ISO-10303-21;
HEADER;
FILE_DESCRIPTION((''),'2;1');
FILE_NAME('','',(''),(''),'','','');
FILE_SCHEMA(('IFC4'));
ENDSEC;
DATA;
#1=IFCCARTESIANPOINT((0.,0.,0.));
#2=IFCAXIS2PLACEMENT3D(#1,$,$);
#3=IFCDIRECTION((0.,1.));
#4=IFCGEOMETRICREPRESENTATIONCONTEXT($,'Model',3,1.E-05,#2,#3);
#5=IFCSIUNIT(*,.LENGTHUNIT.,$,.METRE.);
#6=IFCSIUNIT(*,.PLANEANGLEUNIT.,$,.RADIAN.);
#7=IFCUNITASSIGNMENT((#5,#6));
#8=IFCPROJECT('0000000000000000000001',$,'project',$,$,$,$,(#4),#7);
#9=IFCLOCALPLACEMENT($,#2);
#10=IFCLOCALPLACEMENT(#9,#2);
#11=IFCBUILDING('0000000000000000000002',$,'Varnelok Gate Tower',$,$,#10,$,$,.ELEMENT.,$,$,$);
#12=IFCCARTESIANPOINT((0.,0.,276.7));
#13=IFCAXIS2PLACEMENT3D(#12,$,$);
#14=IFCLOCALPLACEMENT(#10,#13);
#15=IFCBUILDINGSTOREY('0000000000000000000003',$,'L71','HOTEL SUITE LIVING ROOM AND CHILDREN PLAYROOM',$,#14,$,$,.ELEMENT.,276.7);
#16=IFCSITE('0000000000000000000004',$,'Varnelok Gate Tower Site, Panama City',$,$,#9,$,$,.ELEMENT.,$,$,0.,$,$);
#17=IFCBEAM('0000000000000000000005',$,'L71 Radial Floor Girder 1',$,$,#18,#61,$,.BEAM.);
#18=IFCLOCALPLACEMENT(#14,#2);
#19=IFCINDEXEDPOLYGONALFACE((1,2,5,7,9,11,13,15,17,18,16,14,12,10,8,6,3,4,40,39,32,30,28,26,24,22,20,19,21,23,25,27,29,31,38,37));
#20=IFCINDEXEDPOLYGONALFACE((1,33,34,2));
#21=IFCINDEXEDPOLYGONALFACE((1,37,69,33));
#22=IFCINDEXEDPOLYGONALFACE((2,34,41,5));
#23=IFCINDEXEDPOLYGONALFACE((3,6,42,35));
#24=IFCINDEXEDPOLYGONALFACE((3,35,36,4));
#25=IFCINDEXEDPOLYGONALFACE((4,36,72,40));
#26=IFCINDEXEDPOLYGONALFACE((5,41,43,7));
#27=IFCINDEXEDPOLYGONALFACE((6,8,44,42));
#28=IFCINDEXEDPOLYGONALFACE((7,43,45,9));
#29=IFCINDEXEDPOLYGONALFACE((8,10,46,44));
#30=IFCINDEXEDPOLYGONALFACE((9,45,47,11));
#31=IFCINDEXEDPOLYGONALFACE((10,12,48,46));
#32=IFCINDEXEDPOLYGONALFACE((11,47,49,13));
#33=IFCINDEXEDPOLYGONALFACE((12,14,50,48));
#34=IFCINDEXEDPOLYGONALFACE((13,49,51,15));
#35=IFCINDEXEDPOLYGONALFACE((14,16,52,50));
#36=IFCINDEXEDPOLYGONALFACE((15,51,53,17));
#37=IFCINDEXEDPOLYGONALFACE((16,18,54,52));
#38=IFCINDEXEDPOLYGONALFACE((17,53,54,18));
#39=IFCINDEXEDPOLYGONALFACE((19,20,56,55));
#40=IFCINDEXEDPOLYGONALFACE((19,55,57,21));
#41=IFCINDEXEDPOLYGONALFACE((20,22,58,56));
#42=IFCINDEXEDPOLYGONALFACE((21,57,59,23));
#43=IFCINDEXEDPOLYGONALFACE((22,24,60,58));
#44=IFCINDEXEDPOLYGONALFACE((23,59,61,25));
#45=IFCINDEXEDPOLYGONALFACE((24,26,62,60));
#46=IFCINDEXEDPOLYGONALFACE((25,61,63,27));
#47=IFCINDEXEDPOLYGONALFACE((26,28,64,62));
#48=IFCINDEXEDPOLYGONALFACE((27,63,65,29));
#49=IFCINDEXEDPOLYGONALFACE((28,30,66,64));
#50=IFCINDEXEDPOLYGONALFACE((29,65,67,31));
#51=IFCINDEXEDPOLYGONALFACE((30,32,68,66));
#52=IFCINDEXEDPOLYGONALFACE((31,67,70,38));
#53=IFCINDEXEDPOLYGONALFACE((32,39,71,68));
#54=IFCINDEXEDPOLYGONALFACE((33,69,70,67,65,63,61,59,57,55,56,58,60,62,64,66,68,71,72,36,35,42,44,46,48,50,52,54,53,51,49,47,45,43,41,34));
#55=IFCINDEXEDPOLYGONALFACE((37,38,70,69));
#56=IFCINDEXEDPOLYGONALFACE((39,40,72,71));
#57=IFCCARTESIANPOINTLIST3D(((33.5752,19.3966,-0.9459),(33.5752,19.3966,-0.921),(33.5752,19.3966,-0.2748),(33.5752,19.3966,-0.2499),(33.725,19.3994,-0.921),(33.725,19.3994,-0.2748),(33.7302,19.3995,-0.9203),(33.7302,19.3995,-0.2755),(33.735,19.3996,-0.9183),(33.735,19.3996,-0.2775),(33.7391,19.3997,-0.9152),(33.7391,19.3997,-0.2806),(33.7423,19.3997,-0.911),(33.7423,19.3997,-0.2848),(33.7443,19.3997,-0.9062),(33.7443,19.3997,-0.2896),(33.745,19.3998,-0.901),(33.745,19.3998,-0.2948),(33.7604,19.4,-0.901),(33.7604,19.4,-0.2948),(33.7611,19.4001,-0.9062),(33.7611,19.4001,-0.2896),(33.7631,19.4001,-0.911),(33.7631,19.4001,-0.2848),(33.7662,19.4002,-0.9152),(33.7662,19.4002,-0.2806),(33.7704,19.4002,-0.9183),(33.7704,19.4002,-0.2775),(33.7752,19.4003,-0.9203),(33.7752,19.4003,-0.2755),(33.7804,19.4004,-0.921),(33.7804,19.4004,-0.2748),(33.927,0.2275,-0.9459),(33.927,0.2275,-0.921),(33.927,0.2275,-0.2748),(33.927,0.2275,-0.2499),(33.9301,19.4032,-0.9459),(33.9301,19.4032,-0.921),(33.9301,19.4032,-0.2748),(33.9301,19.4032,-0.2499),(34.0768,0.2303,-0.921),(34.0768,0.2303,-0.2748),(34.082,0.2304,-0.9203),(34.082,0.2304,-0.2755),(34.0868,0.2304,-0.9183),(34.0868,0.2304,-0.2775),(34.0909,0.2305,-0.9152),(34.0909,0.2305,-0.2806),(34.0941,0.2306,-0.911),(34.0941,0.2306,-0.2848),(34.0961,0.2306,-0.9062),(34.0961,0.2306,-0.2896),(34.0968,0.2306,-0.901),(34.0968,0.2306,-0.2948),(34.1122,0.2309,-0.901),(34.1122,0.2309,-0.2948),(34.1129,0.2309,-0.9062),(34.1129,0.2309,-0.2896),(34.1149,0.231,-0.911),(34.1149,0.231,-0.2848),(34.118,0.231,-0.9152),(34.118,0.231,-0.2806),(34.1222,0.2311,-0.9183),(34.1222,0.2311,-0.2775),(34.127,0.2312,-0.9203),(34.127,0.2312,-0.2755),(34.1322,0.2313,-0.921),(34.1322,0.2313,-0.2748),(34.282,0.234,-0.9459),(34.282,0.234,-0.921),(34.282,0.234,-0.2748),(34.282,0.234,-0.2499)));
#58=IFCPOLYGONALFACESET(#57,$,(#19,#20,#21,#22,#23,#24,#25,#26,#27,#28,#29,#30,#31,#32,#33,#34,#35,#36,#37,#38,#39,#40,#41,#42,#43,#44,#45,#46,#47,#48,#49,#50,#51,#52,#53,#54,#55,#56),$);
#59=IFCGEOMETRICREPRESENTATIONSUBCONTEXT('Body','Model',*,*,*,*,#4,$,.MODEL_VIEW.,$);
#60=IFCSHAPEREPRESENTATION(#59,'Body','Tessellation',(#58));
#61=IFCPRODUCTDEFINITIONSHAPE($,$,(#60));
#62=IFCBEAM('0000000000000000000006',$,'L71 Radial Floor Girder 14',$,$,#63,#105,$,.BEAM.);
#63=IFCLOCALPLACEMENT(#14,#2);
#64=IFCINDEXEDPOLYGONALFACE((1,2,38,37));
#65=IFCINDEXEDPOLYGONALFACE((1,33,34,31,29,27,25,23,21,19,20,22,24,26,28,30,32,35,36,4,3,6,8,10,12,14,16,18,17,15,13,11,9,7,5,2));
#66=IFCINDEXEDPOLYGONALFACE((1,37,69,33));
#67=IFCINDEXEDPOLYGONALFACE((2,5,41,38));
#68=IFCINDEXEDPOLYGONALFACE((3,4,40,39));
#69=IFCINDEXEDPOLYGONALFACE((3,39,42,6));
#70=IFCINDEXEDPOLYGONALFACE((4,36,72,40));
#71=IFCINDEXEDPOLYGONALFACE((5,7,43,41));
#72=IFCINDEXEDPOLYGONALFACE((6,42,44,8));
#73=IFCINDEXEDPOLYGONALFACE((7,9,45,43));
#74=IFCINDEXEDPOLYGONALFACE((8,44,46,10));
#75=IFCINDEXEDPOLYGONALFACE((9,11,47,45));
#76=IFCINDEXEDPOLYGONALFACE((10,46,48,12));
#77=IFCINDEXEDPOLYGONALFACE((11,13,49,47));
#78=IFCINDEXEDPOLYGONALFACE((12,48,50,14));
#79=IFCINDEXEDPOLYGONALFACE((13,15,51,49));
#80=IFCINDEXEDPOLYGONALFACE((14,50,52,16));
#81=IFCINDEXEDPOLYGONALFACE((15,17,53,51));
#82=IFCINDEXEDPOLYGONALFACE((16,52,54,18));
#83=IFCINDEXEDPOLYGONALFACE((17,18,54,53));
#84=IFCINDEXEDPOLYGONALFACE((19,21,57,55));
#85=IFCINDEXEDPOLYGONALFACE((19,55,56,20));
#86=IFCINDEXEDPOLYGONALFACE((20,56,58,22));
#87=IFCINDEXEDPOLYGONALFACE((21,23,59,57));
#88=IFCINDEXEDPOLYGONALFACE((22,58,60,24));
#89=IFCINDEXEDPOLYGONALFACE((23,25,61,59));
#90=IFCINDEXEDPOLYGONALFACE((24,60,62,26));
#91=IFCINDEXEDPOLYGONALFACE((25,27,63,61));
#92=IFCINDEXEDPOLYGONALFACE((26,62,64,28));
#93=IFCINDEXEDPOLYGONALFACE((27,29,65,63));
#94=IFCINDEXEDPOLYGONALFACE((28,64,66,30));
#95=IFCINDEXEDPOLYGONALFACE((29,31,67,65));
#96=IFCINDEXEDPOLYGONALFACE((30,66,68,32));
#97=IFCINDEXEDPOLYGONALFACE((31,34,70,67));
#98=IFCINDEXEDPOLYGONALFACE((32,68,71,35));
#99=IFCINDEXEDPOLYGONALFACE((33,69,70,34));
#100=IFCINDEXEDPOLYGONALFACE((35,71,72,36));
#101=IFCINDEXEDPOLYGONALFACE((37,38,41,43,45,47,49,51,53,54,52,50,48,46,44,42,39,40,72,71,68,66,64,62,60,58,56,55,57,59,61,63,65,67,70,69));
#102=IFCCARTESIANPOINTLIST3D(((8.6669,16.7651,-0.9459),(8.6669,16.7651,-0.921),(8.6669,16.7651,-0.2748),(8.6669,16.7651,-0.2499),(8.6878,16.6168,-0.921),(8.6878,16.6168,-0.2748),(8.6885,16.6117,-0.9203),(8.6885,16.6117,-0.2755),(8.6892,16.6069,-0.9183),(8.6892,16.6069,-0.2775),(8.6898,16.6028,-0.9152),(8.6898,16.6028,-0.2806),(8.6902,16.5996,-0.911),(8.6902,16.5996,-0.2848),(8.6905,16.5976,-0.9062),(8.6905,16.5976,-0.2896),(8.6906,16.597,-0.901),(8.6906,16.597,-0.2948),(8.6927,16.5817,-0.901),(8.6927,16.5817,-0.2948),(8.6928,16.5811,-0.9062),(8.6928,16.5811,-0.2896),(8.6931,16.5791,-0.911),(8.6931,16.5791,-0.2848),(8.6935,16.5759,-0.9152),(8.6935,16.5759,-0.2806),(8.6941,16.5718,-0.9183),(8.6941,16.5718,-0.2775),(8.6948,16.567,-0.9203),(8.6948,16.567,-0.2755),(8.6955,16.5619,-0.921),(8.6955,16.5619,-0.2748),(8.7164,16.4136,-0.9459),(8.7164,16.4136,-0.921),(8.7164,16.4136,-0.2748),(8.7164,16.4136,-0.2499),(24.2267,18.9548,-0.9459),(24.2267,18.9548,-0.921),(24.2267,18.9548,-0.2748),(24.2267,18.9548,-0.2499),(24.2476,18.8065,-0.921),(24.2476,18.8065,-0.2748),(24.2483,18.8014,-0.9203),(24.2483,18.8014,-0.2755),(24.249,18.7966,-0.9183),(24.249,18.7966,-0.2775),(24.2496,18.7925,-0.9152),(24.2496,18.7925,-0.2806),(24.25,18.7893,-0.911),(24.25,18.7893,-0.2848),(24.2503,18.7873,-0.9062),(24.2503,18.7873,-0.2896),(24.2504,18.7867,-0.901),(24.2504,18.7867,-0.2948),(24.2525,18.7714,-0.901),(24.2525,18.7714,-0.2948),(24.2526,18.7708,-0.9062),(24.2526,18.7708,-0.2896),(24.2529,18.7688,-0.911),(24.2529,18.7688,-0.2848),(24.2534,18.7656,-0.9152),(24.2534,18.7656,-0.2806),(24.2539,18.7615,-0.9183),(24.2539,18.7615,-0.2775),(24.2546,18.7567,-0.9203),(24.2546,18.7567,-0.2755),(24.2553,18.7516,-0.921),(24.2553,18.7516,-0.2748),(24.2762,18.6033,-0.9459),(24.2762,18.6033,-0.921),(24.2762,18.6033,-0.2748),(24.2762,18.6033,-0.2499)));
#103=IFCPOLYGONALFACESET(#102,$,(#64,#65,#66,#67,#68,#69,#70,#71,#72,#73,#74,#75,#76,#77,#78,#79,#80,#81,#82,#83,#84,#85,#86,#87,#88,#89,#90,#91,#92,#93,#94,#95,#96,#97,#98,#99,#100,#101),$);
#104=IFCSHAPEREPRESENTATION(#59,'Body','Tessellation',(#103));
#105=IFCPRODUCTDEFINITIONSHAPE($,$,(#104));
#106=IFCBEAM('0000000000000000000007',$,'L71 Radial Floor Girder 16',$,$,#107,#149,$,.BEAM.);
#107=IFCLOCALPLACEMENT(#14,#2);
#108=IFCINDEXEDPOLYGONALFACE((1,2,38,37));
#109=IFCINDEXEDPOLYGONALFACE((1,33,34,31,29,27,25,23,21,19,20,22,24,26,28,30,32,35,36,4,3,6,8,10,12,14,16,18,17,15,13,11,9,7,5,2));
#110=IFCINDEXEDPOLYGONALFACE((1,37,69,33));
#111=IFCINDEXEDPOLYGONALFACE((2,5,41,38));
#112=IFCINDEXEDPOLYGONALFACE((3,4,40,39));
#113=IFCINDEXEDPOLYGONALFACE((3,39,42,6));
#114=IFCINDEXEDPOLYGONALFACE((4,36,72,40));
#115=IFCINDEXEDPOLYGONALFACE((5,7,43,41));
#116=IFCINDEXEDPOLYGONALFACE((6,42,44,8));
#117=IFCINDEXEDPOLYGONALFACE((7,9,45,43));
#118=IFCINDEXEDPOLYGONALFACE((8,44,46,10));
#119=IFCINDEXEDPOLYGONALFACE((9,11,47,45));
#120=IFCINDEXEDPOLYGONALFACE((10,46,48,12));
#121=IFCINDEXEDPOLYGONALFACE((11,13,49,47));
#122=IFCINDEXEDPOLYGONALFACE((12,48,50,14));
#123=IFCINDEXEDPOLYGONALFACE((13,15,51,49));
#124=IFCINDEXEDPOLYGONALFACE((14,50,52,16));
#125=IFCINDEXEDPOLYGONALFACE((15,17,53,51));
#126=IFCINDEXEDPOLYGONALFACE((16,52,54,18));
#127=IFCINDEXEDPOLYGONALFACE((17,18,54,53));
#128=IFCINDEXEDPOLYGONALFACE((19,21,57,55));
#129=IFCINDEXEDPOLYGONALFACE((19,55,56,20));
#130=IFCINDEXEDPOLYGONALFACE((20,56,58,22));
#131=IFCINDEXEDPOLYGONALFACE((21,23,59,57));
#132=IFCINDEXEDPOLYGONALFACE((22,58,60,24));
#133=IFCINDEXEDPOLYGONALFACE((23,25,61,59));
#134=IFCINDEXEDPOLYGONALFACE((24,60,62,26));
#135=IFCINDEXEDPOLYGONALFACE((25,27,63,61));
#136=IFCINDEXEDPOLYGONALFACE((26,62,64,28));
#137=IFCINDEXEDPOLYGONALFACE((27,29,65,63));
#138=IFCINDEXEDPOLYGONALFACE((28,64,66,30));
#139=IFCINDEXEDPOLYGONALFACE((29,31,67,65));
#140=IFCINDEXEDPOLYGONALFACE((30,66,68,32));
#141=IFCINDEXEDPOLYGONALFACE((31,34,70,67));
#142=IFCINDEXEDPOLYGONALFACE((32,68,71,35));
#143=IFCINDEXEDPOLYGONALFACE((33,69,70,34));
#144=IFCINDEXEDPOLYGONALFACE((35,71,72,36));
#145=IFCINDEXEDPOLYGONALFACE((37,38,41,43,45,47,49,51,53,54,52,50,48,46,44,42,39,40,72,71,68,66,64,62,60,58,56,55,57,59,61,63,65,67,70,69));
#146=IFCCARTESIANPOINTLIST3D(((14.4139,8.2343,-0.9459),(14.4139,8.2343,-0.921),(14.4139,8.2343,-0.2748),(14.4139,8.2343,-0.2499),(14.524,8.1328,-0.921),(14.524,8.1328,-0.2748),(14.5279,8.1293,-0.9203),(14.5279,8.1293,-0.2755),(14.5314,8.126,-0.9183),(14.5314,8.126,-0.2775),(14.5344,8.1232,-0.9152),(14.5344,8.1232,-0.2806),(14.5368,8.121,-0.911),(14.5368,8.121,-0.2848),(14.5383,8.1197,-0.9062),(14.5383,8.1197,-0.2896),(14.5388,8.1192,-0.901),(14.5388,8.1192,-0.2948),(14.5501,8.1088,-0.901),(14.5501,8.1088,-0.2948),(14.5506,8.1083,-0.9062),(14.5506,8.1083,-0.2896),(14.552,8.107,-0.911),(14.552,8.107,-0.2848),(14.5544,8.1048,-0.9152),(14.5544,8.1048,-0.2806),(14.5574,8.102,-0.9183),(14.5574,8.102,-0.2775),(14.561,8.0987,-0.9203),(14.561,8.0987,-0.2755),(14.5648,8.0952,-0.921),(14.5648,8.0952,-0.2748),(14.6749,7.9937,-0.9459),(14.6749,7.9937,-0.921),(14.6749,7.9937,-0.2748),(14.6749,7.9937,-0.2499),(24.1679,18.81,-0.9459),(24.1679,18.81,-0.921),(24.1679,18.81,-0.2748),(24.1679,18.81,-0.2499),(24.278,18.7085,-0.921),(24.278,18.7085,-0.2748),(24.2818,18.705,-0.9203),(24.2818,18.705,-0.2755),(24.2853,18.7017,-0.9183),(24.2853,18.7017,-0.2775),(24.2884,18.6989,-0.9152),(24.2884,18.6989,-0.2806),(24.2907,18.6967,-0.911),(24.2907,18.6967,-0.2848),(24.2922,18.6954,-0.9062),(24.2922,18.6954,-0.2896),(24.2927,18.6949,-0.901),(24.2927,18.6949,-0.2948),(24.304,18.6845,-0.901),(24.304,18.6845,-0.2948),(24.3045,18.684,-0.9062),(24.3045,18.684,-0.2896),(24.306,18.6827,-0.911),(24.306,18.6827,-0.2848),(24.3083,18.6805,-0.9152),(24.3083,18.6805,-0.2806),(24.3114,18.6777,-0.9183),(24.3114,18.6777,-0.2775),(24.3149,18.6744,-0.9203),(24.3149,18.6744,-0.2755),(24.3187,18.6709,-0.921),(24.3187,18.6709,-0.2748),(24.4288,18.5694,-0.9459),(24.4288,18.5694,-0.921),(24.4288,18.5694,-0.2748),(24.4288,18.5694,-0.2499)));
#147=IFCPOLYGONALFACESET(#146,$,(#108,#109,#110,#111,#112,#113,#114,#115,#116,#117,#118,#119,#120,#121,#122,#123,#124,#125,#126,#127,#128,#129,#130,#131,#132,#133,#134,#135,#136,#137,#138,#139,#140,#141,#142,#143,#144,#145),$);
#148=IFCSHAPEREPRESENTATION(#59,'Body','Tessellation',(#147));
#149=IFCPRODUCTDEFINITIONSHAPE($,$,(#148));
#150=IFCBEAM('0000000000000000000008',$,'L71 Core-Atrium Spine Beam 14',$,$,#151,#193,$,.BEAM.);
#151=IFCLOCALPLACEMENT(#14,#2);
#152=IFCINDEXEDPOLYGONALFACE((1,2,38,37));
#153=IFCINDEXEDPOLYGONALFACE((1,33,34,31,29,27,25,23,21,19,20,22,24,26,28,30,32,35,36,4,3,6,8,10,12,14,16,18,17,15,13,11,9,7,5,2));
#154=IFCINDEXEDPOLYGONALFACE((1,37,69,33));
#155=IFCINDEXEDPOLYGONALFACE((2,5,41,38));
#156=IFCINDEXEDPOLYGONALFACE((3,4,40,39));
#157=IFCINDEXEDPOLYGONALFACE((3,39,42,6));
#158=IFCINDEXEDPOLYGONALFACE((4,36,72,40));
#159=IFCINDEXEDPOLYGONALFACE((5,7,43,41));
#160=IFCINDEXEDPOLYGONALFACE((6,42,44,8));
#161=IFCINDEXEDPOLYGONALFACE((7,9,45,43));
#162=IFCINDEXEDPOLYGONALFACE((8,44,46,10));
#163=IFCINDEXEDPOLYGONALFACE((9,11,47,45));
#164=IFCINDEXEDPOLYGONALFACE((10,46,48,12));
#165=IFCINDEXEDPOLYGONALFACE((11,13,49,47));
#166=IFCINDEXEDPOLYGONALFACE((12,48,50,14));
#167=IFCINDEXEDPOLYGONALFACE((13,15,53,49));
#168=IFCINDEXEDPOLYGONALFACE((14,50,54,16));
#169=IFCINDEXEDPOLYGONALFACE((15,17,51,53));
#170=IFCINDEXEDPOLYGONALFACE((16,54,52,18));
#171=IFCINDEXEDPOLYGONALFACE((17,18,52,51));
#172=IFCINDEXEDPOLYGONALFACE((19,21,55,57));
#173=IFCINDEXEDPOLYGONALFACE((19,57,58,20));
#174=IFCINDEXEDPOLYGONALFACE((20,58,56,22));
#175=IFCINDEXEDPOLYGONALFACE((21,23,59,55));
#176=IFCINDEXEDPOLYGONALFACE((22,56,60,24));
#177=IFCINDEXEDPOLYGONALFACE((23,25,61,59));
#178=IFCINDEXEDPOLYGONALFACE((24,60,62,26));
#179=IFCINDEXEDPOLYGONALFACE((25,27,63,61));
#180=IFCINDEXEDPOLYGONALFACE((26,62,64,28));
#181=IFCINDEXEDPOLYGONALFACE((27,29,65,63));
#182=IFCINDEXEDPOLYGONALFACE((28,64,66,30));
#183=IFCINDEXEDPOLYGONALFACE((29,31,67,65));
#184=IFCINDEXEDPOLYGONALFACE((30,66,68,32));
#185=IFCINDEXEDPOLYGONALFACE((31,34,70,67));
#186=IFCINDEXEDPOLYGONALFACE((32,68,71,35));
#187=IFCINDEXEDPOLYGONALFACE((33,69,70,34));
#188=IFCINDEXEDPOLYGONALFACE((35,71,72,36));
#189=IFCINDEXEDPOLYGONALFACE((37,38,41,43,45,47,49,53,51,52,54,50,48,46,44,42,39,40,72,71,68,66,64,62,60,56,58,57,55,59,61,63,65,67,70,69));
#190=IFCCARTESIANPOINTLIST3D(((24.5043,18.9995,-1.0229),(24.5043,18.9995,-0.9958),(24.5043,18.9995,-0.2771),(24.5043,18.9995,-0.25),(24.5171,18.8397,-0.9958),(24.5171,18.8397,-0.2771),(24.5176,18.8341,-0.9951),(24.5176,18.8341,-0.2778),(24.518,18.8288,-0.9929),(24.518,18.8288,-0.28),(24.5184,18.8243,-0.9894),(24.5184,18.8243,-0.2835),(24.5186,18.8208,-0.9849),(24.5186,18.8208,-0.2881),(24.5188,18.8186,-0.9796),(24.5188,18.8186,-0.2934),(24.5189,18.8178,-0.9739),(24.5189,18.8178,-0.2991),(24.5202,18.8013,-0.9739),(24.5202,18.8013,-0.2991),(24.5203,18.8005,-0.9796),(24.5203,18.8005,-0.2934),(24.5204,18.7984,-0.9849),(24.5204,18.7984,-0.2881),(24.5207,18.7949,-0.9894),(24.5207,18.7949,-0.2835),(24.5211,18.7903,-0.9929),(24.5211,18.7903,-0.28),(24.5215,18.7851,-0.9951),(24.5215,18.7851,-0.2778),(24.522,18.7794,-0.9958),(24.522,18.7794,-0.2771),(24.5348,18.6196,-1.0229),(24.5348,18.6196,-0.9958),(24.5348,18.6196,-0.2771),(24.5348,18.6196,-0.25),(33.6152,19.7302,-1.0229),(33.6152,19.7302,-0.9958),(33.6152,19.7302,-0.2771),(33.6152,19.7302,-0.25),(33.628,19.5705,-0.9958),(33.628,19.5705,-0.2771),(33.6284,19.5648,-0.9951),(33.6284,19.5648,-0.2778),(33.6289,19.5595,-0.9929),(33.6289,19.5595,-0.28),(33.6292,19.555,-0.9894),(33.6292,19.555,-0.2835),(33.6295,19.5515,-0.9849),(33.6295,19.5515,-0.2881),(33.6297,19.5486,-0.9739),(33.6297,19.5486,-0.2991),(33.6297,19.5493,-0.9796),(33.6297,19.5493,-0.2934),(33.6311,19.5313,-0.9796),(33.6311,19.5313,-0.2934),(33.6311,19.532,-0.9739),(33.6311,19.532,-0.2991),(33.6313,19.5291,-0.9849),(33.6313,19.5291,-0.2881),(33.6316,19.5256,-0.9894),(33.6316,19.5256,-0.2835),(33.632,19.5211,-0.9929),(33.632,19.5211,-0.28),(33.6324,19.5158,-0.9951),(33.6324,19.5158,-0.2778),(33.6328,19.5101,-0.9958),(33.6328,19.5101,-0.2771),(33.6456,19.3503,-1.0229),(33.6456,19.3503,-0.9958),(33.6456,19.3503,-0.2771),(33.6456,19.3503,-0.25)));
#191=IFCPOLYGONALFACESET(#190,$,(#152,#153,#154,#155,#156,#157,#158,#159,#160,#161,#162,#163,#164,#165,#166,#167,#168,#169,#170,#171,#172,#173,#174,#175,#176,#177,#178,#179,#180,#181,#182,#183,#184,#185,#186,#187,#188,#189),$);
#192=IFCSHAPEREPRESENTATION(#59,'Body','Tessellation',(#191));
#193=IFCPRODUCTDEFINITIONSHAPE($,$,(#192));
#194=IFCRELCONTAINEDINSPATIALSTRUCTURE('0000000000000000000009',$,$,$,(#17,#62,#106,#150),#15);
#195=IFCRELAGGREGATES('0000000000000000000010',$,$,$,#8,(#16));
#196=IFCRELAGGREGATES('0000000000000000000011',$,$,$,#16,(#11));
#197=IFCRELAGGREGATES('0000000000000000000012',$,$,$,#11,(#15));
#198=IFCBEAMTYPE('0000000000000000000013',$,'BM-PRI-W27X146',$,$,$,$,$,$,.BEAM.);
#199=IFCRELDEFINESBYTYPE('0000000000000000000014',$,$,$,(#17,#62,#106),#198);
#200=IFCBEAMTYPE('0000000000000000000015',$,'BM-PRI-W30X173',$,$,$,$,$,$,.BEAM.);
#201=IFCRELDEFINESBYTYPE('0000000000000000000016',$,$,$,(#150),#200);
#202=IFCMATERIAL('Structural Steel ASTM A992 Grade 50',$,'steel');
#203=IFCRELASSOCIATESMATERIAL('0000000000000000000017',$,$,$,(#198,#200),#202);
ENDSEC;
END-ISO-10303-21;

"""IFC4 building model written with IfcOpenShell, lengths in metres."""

from ifc_helpers import new_model, si_unit, direction, frame, origin, origin_2d, place, context, subcontext, project, spatial, i_section, extrude, material, material_profile, profile_set, type_object, element, save


model = new_model("IFC4")

# Units and contexts
model_context = context("Model", 3, precision=1e-05, world=origin(), true_north=direction((0.0, 1.0)))
body_context = subcontext(model_context, "Body", "Model", "MODEL_VIEW")
ifc_project = project(units=[si_unit("LENGTHUNIT", "METRE"), si_unit("PLANEANGLEUNIT", "RADIAN")], contexts=[model_context])

# Site, building, storey
site_placement = place(None, origin())
site = spatial("IfcSite", under=ifc_project, at=site_placement, Name="Varnelok Gate Tower Site, Panama City", CompositionType="ELEMENT", RefElevation=0.0)
building_placement = place(site_placement, origin())
building = spatial("IfcBuilding", under=site, at=building_placement, Name="Varnelok Gate Tower", CompositionType="ELEMENT")
storey_placement = place(building_placement, frame((0.0, 0.0, 276.7)))
storey = spatial("IfcBuildingStorey", under=building, at=storey_placement, Name="L71", Description="HOTEL SUITE LIVING ROOM AND CHILDREN PLAYROOM", CompositionType="ELEMENT", Elevation=276.7)

# Shared definitions
ifc_material_1 = material(Name="Structural Steel ASTM A992 Grade 50", Category="steel")

# Beams
ifc_material_profile_1 = material_profile(ifc_material_1, i_section(OverallWidth=0.355, OverallDepth=0.696, WebThickness=0.0154, FlangeThickness=0.0249, FilletRadius=0.02, at=origin_2d()), Name="W27X146")
ifc_profile_set_1 = profile_set([ifc_material_profile_1], Name="Structural Steel ASTM A992 Grade 50")
beam_type_1 = type_object("IfcBeamType", Name="BM-PRI-W27X146", PredefinedType="BEAM", material=ifc_profile_set_1)
beam_1_placement = place(storey_placement, frame((33.7527, 19.3999, -0.5979), z_axis=(0.01835, -0.999832, 0.0), x_axis=(0.999832, 0.01835, 0.0)))
element("IfcBeam", 1, at=beam_1_placement, inside=storey, type_object=beam_type_1, Name="L71 Radial Floor Girder 1", PredefinedType="BEAM", context=body_context, shape_type="SweptSolid", body=[
    extrude(i_section(OverallWidth=0.355, OverallDepth=0.696, WebThickness=0.0154, FlangeThickness=0.0249, FilletRadius=0.02, at=origin_2d()), origin(), (0.0, 0.0, 1.0), 19.1724),
])
beam_2_placement = place(storey_placement, frame((24.2515, 18.7791, -0.5979), z_axis=(-0.990243, -0.139355, 0.0), x_axis=(0.139355, -0.990243, 0.0)))
element("IfcBeam", 2, at=beam_2_placement, inside=storey, type_object=beam_type_1, Name="L71 Radial Floor Girder 14", PredefinedType="BEAM", context=body_context, shape_type="SweptSolid", body=[
    extrude(i_section(OverallWidth=0.355, OverallDepth=0.696, WebThickness=0.0154, FlangeThickness=0.0249, FilletRadius=0.02, at=origin_2d()), origin(), (0.0, 0.0, 1.0), 15.7131),
])
beam_3_placement = place(storey_placement, frame((24.2983, 18.6897, -0.5979), z_axis=(-0.67797, -0.73509, 0.0), x_axis=(0.73509, -0.67797, 0.0)))
element("IfcBeam", 3, at=beam_3_placement, inside=storey, type_object=beam_type_1, Name="L71 Radial Floor Girder 16", PredefinedType="BEAM", context=body_context, shape_type="SweptSolid", body=[
    extrude(i_section(OverallWidth=0.355, OverallDepth=0.696, WebThickness=0.0154, FlangeThickness=0.0249, FilletRadius=0.02, at=origin_2d()), origin(), (0.0, 0.0, 1.0), 14.387),
])
ifc_material_profile_2 = material_profile(ifc_material_1, i_section(OverallWidth=0.3811, OverallDepth=0.7729, WebThickness=0.0166, FlangeThickness=0.0271, FilletRadius=0.022, at=origin_2d()), Name="W30X173")
ifc_profile_set_2 = profile_set([ifc_material_profile_2], Name="Structural Steel ASTM A992 Grade 50")
beam_type_2 = type_object("IfcBeamType", Name="BM-PRI-W30X173", PredefinedType="BEAM", material=ifc_profile_set_2)
beam_4_placement = place(storey_placement, frame((24.5195, 18.8096, -0.6365), z_axis=(0.996799, 0.079946, 0.0), x_axis=(-0.079946, 0.996799, 0.0)))
element("IfcBeam", 4, at=beam_4_placement, inside=storey, type_object=beam_type_2, Name="L71 Core-Atrium Spine Beam 14", PredefinedType="BEAM", context=body_context, shape_type="SweptSolid", body=[
    extrude(i_section(OverallWidth=0.3811, OverallDepth=0.7729, WebThickness=0.0166, FlangeThickness=0.0271, FilletRadius=0.022, at=origin_2d()), origin(), (0.0, 0.0, 1.0), 9.1401),
])

save(model, "model.ifc")
